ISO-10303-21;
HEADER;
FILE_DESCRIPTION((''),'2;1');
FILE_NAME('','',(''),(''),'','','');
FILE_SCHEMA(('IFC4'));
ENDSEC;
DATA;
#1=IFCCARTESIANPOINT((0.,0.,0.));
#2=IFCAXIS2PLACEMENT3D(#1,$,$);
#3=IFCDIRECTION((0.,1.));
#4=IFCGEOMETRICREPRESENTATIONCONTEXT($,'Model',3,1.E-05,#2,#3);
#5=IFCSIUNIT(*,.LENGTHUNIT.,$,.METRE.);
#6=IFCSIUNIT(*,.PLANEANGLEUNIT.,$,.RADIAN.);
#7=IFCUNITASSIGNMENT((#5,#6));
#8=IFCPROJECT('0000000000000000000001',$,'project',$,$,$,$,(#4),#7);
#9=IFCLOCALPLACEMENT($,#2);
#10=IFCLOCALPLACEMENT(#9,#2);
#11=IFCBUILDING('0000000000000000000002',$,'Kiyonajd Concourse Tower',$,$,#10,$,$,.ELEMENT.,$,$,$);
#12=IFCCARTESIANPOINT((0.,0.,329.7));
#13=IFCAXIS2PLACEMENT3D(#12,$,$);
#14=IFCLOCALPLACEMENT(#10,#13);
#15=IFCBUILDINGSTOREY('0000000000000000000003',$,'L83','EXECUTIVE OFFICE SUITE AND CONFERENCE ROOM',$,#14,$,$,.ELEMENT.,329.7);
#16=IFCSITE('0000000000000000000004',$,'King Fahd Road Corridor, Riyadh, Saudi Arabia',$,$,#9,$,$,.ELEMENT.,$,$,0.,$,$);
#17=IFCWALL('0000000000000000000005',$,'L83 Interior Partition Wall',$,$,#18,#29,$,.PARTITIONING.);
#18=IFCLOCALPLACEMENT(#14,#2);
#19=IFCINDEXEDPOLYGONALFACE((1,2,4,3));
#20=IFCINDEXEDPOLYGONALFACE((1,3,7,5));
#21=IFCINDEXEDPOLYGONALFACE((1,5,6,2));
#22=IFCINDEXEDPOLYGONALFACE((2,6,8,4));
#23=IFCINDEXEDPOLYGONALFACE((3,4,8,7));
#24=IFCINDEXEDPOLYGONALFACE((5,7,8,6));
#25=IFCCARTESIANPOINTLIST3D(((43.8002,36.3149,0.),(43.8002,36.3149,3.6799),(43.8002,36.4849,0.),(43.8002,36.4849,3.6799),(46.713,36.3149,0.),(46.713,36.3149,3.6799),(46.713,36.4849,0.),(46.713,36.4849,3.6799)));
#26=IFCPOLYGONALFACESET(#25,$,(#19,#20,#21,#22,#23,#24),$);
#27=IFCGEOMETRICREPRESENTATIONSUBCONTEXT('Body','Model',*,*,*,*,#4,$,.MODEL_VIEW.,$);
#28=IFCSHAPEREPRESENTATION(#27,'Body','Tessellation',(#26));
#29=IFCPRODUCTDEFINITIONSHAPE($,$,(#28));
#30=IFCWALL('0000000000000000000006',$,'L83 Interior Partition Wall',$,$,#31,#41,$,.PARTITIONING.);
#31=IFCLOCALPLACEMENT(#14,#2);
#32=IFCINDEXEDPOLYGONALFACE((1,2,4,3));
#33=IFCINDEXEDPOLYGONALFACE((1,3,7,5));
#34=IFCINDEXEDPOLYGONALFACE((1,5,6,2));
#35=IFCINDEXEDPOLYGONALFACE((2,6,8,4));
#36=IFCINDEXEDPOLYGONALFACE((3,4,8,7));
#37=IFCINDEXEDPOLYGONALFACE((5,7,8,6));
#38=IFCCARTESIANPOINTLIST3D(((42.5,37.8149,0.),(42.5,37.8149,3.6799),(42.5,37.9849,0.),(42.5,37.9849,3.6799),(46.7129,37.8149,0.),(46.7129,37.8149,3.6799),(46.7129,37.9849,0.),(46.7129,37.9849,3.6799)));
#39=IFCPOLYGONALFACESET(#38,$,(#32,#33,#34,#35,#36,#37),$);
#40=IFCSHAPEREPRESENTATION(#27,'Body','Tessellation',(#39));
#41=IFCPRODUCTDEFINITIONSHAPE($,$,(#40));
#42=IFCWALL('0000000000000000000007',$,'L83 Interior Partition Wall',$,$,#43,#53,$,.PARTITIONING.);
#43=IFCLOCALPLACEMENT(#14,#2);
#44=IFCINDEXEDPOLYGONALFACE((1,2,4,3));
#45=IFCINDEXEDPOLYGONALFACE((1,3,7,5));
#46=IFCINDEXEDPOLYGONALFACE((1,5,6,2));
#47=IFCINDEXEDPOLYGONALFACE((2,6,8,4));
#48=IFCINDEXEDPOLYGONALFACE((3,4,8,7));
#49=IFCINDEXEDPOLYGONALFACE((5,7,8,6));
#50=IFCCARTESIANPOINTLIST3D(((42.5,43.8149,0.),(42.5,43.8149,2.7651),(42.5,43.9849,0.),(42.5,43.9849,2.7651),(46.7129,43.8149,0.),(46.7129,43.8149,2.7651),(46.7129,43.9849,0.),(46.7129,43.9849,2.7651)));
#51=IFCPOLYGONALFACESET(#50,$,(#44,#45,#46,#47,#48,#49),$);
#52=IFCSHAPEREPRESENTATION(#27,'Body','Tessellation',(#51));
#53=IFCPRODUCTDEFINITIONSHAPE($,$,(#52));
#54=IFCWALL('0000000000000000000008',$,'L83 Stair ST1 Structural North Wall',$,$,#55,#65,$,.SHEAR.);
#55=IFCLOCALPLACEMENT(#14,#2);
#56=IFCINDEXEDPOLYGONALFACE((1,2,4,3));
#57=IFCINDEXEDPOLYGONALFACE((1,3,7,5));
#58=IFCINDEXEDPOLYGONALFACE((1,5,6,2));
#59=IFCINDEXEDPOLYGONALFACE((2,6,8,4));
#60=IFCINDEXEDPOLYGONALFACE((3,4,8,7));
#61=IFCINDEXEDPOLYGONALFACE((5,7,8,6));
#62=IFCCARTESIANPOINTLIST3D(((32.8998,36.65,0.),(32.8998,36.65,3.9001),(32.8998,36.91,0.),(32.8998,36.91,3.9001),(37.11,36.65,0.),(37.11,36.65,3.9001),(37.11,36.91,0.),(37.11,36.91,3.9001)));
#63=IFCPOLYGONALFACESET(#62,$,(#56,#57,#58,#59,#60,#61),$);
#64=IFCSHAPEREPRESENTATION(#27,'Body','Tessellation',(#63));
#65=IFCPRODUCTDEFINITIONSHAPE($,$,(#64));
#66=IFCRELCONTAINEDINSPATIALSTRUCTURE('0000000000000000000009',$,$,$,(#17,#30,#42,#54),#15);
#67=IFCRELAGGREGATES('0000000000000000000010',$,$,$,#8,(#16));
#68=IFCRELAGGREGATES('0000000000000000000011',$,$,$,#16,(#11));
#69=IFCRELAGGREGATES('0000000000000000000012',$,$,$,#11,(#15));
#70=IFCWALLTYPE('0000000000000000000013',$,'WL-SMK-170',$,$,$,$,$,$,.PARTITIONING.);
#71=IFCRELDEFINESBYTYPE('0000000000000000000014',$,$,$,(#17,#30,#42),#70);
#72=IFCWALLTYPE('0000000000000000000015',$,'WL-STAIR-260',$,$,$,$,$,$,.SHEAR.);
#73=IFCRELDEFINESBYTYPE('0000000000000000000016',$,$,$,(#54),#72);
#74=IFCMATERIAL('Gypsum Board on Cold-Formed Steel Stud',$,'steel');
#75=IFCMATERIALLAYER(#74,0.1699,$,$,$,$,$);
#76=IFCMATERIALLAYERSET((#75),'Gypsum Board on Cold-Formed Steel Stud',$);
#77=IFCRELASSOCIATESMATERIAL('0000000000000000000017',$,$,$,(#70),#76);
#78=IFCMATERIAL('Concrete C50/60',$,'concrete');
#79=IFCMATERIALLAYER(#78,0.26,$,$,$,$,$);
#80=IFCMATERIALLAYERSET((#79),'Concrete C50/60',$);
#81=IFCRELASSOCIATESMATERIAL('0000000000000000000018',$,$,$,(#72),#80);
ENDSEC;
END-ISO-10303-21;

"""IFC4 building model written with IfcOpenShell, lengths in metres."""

from ifc_helpers import new_model, si_unit, direction, frame, frame_2d, origin, place, context, subcontext, project, spatial, rectangle, extrude, material, layer, layer_set, type_object, element, save


model = new_model("IFC4")

# Units and contexts
model_context = context("Model", 3, precision=1e-05, world=origin(), true_north=direction((0.0, 1.0)))
body_context = subcontext(model_context, "Body", "Model", "MODEL_VIEW")
ifc_project = project(units=[si_unit("LENGTHUNIT", "METRE"), si_unit("PLANEANGLEUNIT", "RADIAN")], contexts=[model_context])

# Site, building, storey
site_placement = place(None, origin())
site = spatial("IfcSite", under=ifc_project, at=site_placement, Name="King Fahd Road Corridor, Riyadh, Saudi Arabia", CompositionType="ELEMENT", RefElevation=0.0)
building_placement = place(site_placement, origin())
building = spatial("IfcBuilding", under=site, at=building_placement, Name="Kiyonajd Concourse Tower", CompositionType="ELEMENT")
storey_placement = place(building_placement, frame((0.0, 0.0, 329.7)))
storey = spatial("IfcBuildingStorey", under=building, at=storey_placement, Name="L83", Description="EXECUTIVE OFFICE SUITE AND CONFERENCE ROOM", CompositionType="ELEMENT", Elevation=329.7)

# Shared definitions
ifc_material_1 = material(Name="Gypsum Board on Cold-Formed Steel Stud", Category="steel")

# Shared definitions
ifc_layer_1 = layer(ifc_material_1, 0.1699)
ifc_layer_set_1 = layer_set([ifc_layer_1], Name="Gypsum Board on Cold-Formed Steel Stud")
wall_type_1 = type_object("IfcWallType", Name="WL-SMK-170", PredefinedType="PARTITIONING", material=ifc_layer_set_1)

# Walls
wall_1_placement = place(storey_placement, frame((43.8, 36.3999, 0.0), z_axis=(0.0, 0.0, 1.0), x_axis=(1.0, 0.0, 0.0)))
element("IfcWall", 1, at=wall_1_placement, inside=storey, type_object=wall_type_1, Name="L83 Interior Partition Wall", PredefinedType="PARTITIONING", context=body_context, shape_type="SweptSolid", body=[
    extrude(rectangle(XDim=2.9128, YDim=0.1699, at=frame_2d((1.4565, 0.0))), origin(), (0.0, 0.0, 1.0), 3.6799),
])
wall_2_placement = place(storey_placement, frame((42.5, 37.8999, 0.0), z_axis=(0.0, 0.0, 1.0), x_axis=(1.0, 0.0, 0.0)))
element("IfcWall", 2, at=wall_2_placement, inside=storey, type_object=wall_type_1, Name="L83 Interior Partition Wall", PredefinedType="PARTITIONING", context=body_context, shape_type="SweptSolid", body=[
    extrude(rectangle(XDim=4.2129, YDim=0.1699, at=frame_2d((2.1064, 0.0))), origin(), (0.0, 0.0, 1.0), 3.6799),
])
wall_3_placement = place(storey_placement, frame((42.5, 43.8999, 0.0), z_axis=(0.0, 0.0, 1.0), x_axis=(1.0, 0.0, 0.0)))
element("IfcWall", 3, at=wall_3_placement, inside=storey, type_object=wall_type_1, Name="L83 Interior Partition Wall", PredefinedType="PARTITIONING", context=body_context, shape_type="SweptSolid", body=[
    extrude(rectangle(XDim=4.2129, YDim=0.1699, at=frame_2d((2.1064, 0.0))), origin(), (0.0, 0.0, 1.0), 2.7651),
])
ifc_material_2 = material(Name="Concrete C50/60", Category="concrete")
ifc_layer_2 = layer(ifc_material_2, 0.26)
ifc_layer_set_2 = layer_set([ifc_layer_2], Name="Concrete C50/60")
wall_type_2 = type_object("IfcWallType", Name="WL-STAIR-260", PredefinedType="SHEAR", material=ifc_layer_set_2)
wall_4_placement = place(storey_placement, frame((32.8999, 36.78, 0.0), z_axis=(0.0, 0.0, 1.0), x_axis=(1.0, 0.0, 0.0)))
element("IfcWall", 4, at=wall_4_placement, inside=storey, type_object=wall_type_2, Name="L83 Stair ST1 Structural North Wall", PredefinedType="SHEAR", context=body_context, shape_type="SweptSolid", body=[
    extrude(rectangle(XDim=4.2102, YDim=0.26, at=frame_2d((2.105, 0.0))), origin(), (0.0, 0.0, 1.0), 3.9001),
])

save(model, "model.ifc")
